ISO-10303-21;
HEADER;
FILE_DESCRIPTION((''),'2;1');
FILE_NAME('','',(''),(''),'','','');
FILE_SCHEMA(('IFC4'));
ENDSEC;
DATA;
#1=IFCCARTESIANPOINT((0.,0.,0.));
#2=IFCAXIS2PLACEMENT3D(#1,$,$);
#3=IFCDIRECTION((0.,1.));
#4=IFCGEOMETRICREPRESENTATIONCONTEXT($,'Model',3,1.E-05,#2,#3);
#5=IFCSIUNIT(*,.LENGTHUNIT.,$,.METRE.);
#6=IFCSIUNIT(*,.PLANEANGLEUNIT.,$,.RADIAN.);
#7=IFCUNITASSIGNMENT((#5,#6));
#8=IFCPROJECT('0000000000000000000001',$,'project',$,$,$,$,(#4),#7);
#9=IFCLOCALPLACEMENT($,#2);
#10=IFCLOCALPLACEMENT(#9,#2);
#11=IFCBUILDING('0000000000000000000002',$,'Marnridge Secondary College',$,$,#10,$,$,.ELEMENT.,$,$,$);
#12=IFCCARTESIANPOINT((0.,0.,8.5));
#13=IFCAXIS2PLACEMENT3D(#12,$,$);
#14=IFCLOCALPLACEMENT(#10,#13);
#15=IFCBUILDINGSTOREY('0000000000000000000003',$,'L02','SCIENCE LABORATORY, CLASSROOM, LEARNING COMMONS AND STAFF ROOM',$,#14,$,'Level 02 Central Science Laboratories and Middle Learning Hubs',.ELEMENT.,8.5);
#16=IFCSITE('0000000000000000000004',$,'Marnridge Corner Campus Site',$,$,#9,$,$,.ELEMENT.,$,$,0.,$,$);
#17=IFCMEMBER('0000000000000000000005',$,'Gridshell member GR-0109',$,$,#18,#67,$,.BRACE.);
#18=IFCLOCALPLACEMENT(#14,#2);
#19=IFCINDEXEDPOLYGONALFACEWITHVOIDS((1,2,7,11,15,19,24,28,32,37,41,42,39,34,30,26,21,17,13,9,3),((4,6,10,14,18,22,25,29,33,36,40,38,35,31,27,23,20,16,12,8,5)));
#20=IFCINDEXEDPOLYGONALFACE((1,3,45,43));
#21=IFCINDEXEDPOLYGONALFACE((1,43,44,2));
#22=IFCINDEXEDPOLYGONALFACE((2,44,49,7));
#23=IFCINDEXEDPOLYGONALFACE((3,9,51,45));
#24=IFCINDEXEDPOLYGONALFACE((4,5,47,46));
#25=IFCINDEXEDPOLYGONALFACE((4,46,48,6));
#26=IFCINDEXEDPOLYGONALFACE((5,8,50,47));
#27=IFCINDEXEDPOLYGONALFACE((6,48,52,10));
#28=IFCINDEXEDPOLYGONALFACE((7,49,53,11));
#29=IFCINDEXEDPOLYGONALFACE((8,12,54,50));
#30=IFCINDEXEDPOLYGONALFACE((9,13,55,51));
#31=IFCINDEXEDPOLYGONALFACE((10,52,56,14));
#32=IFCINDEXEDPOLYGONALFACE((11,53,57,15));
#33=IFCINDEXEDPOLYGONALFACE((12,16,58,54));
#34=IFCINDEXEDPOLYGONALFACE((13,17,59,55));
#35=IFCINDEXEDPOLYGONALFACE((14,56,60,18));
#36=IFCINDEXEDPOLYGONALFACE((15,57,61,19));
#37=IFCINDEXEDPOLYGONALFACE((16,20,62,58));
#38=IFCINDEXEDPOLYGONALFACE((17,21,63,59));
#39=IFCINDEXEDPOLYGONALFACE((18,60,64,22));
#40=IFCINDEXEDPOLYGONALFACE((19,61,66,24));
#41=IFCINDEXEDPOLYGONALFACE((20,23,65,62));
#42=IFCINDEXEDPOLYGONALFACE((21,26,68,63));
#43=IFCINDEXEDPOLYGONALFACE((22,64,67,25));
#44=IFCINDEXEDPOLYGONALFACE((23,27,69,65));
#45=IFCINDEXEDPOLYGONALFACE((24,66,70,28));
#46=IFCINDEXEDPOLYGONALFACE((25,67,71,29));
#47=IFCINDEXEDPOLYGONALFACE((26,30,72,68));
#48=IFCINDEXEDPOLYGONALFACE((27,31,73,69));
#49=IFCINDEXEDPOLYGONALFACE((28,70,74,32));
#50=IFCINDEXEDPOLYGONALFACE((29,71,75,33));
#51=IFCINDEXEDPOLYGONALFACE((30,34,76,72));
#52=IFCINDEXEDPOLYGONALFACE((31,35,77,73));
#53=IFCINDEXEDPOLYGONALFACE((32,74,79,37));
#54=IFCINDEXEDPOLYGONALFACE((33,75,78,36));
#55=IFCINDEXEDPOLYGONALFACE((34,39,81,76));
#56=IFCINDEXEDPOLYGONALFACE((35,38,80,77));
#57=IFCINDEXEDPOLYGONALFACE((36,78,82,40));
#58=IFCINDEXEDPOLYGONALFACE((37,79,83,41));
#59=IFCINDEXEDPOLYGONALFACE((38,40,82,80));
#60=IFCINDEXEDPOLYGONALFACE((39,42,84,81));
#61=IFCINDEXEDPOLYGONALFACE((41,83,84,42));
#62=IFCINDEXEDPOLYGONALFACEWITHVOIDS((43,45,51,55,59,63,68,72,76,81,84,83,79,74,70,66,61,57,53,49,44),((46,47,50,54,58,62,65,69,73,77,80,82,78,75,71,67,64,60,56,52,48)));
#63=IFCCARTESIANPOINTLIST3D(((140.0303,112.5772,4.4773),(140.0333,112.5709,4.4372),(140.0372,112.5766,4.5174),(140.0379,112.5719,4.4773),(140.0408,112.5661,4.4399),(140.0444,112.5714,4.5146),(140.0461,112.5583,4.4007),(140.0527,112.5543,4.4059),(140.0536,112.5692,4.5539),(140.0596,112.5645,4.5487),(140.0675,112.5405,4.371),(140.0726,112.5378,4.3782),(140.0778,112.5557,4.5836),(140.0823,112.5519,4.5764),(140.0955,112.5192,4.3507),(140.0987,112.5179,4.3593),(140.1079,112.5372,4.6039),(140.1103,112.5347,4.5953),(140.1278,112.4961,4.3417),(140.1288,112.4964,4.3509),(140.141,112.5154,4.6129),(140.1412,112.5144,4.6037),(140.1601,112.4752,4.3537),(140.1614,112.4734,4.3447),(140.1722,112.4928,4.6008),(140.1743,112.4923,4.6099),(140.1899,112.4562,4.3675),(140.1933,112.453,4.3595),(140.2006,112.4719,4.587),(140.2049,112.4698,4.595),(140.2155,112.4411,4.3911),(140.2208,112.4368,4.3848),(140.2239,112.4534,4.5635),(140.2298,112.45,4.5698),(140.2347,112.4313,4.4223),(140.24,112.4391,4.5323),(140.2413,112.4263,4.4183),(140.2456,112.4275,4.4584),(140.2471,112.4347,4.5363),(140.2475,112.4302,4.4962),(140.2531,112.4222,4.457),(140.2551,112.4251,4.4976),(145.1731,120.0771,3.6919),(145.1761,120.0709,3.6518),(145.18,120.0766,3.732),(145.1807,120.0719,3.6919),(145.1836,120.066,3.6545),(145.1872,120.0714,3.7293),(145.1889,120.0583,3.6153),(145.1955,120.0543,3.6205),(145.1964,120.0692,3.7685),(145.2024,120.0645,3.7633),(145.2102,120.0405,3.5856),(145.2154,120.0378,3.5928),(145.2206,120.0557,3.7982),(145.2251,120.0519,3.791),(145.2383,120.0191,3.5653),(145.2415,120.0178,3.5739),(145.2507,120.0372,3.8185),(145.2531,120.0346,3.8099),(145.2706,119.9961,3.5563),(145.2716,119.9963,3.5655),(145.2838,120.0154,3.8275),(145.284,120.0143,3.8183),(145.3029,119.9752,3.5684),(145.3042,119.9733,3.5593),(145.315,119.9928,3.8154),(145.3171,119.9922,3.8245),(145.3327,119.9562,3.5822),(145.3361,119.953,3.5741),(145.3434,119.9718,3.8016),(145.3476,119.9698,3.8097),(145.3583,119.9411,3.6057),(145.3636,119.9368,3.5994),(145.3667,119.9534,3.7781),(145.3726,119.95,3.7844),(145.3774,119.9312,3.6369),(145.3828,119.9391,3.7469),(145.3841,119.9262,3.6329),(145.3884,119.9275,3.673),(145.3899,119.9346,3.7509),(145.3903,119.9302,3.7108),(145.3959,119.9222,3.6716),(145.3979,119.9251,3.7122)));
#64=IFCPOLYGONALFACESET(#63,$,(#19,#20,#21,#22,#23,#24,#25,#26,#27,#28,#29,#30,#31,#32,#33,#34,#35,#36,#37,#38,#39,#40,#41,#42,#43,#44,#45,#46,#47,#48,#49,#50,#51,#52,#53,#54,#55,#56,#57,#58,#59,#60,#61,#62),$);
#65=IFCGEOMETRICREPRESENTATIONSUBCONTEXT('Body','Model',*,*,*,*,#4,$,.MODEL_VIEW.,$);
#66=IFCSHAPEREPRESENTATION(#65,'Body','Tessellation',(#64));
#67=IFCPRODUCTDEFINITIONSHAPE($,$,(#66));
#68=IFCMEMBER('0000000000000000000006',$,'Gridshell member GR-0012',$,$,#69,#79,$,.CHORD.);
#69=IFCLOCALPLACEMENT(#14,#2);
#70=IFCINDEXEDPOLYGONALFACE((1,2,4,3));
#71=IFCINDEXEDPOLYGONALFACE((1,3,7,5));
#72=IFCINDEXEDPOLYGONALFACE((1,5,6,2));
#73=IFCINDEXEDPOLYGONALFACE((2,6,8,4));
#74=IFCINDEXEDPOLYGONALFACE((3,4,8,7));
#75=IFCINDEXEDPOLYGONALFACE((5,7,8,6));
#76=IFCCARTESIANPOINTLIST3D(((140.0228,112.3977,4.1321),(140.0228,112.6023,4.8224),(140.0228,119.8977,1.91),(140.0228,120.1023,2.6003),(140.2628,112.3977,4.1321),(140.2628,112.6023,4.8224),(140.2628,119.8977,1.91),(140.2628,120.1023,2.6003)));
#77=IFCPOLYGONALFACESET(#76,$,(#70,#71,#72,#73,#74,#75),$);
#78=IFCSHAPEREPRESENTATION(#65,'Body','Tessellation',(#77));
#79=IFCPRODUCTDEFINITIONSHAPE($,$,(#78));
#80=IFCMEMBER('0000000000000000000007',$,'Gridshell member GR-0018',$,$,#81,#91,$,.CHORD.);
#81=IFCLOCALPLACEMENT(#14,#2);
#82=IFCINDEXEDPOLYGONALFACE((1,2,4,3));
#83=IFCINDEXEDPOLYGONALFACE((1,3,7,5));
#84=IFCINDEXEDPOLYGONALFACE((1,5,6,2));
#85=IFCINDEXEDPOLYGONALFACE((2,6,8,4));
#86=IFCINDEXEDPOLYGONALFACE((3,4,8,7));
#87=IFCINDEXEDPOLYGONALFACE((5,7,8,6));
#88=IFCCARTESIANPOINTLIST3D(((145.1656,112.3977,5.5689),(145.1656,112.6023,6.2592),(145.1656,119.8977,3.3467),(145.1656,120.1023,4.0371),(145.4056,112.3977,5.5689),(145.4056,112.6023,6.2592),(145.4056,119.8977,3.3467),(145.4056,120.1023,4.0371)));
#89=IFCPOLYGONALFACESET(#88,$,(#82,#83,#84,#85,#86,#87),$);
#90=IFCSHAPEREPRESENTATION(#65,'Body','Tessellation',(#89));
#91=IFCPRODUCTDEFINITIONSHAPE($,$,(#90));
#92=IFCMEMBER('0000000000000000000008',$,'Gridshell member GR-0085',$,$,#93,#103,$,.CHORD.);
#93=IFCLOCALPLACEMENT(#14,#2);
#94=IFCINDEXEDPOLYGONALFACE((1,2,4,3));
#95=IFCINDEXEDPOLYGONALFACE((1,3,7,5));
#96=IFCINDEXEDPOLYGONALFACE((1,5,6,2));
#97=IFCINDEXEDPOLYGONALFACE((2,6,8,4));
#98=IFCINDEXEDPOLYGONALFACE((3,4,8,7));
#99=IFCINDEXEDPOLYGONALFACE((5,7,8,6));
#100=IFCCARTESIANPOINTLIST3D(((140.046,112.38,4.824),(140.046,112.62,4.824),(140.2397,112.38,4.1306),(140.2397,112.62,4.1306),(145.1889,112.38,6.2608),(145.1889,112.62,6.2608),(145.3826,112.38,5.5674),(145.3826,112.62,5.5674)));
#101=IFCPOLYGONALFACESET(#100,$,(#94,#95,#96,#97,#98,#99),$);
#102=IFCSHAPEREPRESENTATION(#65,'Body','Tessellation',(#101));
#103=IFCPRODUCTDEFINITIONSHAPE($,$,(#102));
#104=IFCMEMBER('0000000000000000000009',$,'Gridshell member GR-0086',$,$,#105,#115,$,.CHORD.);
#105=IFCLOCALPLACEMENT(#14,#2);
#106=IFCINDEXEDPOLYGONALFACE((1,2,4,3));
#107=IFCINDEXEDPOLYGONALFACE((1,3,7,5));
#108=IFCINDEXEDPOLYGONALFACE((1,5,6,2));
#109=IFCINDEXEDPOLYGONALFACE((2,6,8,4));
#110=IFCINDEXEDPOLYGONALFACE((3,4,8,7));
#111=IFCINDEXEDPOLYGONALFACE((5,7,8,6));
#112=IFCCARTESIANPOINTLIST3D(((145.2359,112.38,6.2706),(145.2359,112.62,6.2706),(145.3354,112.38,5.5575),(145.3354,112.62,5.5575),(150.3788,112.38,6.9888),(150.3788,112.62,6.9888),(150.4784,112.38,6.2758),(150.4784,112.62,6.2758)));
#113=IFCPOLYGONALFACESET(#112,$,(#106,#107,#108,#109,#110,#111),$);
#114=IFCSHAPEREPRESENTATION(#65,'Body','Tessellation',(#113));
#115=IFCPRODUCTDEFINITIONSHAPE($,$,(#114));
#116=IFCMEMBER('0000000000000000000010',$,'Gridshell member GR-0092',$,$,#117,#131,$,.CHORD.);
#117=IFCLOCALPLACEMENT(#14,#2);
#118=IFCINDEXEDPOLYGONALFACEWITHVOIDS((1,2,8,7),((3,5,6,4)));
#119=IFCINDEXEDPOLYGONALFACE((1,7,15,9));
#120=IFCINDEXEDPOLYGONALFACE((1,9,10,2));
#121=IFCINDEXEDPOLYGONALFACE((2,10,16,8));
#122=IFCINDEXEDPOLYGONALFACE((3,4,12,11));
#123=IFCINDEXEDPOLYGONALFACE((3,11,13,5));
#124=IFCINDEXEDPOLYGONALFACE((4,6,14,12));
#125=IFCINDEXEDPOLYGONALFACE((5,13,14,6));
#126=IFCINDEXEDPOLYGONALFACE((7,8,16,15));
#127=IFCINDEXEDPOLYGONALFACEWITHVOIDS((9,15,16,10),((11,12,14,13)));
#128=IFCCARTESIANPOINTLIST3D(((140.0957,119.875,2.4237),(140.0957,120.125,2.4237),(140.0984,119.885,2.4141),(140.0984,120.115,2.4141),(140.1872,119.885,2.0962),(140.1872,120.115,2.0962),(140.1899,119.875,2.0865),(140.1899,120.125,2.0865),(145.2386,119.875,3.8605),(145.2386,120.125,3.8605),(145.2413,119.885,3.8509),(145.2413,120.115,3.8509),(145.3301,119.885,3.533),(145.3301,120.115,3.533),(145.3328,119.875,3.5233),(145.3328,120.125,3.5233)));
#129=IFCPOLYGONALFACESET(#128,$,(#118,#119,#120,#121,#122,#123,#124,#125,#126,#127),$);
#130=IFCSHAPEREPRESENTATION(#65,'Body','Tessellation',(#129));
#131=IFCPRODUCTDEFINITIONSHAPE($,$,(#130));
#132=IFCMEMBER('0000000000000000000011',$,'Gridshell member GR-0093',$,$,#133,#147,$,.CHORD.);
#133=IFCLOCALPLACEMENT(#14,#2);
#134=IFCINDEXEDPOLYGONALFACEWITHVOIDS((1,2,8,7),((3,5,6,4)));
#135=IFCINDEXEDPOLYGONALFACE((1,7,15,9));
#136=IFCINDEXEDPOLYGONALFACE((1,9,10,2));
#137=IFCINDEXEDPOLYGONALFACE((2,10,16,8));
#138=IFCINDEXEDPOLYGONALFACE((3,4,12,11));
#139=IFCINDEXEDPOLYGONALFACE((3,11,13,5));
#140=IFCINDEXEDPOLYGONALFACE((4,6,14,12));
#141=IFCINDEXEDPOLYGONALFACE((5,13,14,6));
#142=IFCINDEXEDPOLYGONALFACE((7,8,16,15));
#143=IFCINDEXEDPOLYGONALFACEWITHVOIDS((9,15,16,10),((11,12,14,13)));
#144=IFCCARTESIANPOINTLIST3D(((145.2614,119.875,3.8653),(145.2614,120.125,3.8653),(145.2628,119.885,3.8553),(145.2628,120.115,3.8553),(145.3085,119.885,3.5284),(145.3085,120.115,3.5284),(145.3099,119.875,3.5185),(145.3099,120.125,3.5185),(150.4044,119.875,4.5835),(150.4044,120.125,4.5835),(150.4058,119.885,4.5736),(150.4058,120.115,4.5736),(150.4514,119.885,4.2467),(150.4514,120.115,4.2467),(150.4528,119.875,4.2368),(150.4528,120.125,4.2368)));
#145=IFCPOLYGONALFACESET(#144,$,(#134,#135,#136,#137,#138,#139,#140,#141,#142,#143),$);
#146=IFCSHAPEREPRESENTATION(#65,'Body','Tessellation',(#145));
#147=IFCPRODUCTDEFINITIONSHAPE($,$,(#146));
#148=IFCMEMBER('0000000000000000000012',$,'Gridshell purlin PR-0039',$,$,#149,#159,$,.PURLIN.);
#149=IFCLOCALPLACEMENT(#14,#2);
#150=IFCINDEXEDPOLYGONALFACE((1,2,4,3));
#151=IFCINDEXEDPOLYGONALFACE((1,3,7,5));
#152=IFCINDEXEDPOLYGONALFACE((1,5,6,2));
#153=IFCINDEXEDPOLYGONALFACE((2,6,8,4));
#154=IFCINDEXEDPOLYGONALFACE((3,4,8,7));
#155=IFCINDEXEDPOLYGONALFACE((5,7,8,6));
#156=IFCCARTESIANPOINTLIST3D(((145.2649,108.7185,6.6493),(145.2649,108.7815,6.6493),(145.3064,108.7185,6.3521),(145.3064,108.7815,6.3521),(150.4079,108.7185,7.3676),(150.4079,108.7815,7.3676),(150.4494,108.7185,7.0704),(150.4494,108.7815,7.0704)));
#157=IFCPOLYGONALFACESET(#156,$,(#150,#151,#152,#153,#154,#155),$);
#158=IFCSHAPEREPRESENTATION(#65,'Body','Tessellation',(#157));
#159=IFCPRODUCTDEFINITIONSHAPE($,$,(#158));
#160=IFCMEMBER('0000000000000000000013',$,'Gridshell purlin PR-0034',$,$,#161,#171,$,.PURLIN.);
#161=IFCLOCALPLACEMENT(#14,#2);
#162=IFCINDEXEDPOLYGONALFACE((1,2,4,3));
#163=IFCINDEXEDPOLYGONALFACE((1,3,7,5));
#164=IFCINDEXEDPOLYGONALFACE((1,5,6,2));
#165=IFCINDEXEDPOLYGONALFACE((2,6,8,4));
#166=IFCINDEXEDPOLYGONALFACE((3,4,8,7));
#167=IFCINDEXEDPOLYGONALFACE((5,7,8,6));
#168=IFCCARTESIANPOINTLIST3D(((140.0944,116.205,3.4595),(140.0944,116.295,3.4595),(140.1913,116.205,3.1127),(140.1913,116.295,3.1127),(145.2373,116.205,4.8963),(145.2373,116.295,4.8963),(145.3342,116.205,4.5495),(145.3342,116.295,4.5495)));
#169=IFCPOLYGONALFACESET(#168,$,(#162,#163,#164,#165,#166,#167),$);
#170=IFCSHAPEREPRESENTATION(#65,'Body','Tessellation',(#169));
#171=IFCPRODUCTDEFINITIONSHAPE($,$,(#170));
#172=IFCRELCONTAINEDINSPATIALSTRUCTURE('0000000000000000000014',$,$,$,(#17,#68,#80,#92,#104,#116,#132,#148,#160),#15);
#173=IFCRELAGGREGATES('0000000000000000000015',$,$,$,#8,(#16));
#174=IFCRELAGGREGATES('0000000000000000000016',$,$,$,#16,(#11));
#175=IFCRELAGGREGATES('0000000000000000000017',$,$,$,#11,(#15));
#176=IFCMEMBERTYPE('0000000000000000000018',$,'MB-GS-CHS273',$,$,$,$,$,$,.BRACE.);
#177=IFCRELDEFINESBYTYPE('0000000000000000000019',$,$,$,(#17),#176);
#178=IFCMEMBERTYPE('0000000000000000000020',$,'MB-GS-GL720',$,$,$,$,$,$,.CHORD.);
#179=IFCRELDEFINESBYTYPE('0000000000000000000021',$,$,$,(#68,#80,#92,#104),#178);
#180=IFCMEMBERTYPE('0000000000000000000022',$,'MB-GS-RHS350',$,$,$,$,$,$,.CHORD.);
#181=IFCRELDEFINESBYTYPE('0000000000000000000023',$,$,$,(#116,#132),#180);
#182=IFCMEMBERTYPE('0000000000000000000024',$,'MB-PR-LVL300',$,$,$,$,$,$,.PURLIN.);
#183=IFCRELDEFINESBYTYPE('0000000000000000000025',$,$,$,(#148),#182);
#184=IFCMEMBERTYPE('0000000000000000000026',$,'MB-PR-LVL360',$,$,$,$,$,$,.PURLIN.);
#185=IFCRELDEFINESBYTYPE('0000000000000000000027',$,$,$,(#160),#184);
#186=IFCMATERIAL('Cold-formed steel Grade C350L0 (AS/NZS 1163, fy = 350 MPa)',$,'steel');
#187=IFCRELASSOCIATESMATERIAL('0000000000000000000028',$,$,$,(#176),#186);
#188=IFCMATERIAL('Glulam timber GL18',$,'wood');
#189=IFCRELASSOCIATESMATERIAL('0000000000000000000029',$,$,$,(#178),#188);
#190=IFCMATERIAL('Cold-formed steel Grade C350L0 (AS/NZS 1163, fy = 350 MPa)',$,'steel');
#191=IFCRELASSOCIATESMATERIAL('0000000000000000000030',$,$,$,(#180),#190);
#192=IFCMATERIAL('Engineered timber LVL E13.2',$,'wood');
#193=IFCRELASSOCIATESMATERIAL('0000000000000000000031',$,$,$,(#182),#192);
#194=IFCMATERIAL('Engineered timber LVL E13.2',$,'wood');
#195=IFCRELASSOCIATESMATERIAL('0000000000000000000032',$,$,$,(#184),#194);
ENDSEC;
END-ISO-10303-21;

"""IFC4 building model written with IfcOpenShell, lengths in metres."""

from ifc_helpers import new_model, si_unit, direction, frame, origin, origin_2d, place, context, subcontext, project, spatial, rectangle, hollow_rectangle, hollow_circle, extrude, material, material_profile, profile_set, type_object, element, save


model = new_model("IFC4")

# Units and contexts
model_context = context("Model", 3, precision=1e-05, world=origin(), true_north=direction((0.0, 1.0)))
body_context = subcontext(model_context, "Body", "Model", "MODEL_VIEW")
ifc_project = project(units=[si_unit("LENGTHUNIT", "METRE"), si_unit("PLANEANGLEUNIT", "RADIAN")], contexts=[model_context])

# Site, building, storey
site_placement = place(None, origin())
site = spatial("IfcSite", under=ifc_project, at=site_placement, Name="Marnridge Corner Campus Site", CompositionType="ELEMENT", RefElevation=0.0)
building_placement = place(site_placement, origin())
building = spatial("IfcBuilding", under=site, at=building_placement, Name="Marnridge Secondary College", CompositionType="ELEMENT")
storey_placement = place(building_placement, frame((0.0, 0.0, 8.5)))
storey = spatial("IfcBuildingStorey", under=building, at=storey_placement, Name="L02", Description="SCIENCE LABORATORY, CLASSROOM, LEARNING COMMONS AND STAFF ROOM", LongName="Level 02 Central Science Laboratories and Middle Learning Hubs", CompositionType="ELEMENT", Elevation=8.5)

# Members
ifc_material_1 = material(Name="Cold-formed steel Grade C350L0 (AS/NZS 1163, fy = 350 MPa)", Category="steel")
ifc_material_profile_1 = material_profile(ifc_material_1, hollow_circle(Radius=0.1365, WallThickness=0.0093, at=origin_2d()), Name="273.1x9.3CHS")
ifc_profile_set_1 = profile_set([ifc_material_profile_1], Name="Cold-formed steel Grade C350L0 (AS/NZS 1163, fy = 350 MPa)")
member_type_1 = type_object("IfcMemberType", Name="MB-GS-CHS273", PredefinedType="BRACE", material=ifc_profile_set_1)
member_1_placement = place(storey_placement, frame((140.1428, 112.5, 4.4773), z_axis=(0.563428, 0.821672, -0.086046), x_axis=(-0.824731, 0.565526, 0.0)))
element("IfcMember", 1, at=member_1_placement, inside=storey, type_object=member_type_1, Name="Gridshell member GR-0109", PredefinedType="BRACE", context=body_context, shape_type="SweptSolid", body=[
    extrude(hollow_circle(Radius=0.1365, WallThickness=0.0093, at=origin_2d()), origin(), (0.0, 0.0, 1.0), 9.1277),
])
ifc_material_2 = material(Name="Glulam timber GL18", Category="wood")
ifc_material_profile_2 = material_profile(ifc_material_2, rectangle(XDim=0.24, YDim=0.72, at=origin_2d()), Name="GL18 240x720")
ifc_profile_set_2 = profile_set([ifc_material_profile_2], Name="Glulam timber GL18")
member_type_2 = type_object("IfcMemberType", Name="MB-GS-GL720", PredefinedType="CHORD", material=ifc_profile_set_2)
for number, where, z_axis, x_axis, name in (
    (2, (140.1428, 112.5, 4.4773), (0.0, 0.9588, -0.284082), (-1.0, 0.0, 0.0), "Gridshell member GR-0012"),
    (3, (145.2856, 112.5, 5.9141), (0.0, 0.9588, -0.284082), (-1.0, 0.0, 0.0), "Gridshell member GR-0018"),
):
    element("IfcMember", number, at=place(storey_placement, frame(where, z_axis=z_axis, x_axis=x_axis)), inside=storey, type_object=member_type_2, Name=name, PredefinedType="CHORD", context=body_context, shape_type="SweptSolid", body=[
        extrude(rectangle(XDim=0.24, YDim=0.72, at=origin_2d()), origin(), (0.0, 0.0, 1.0), 7.8223),
    ])
member_2_placement = place(storey_placement, frame((140.1428, 112.5, 4.4773), z_axis=(0.963121, 0.0, 0.26907), x_axis=(0.0, 1.0, 0.0)))
element("IfcMember", 4, at=member_2_placement, inside=storey, type_object=member_type_2, Name="Gridshell member GR-0085", PredefinedType="CHORD", context=body_context, shape_type="SweptSolid", body=[
    extrude(rectangle(XDim=0.24, YDim=0.72, at=origin_2d()), origin(), (0.0, 0.0, 1.0), 5.3398),
])
member_3_placement = place(storey_placement, frame((145.2856, 112.5, 5.9141), z_axis=(0.990388, 0.0, 0.138314), x_axis=(0.0, 1.0, 0.0)))
element("IfcMember", 5, at=member_3_placement, inside=storey, type_object=member_type_2, Name="Gridshell member GR-0086", PredefinedType="CHORD", context=body_context, shape_type="SweptSolid", body=[
    extrude(rectangle(XDim=0.24, YDim=0.72, at=origin_2d()), origin(), (0.0, 0.0, 1.0), 5.1929),
])
ifc_material_3 = material(Name="Cold-formed steel Grade C350L0 (AS/NZS 1163, fy = 350 MPa)", Category="steel")
ifc_material_profile_3 = material_profile(ifc_material_3, hollow_rectangle(XDim=0.25, YDim=0.3501, WallThickness=0.01, at=origin_2d()), Name="350x250x10.0RHS")
ifc_profile_set_3 = profile_set([ifc_material_profile_3], Name="Cold-formed steel Grade C350L0 (AS/NZS 1163, fy = 350 MPa)")
member_type_3 = type_object("IfcMemberType", Name="MB-GS-RHS350", PredefinedType="CHORD", material=ifc_profile_set_3)
member_4_placement = place(storey_placement, frame((140.1428, 120.0, 2.2551), z_axis=(0.963121, 0.0, 0.26907), x_axis=(0.0, 1.0, 0.0)))
element("IfcMember", 6, at=member_4_placement, inside=storey, type_object=member_type_3, Name="Gridshell member GR-0092", PredefinedType="CHORD", context=body_context, shape_type="SweptSolid", body=[
    extrude(hollow_rectangle(XDim=0.25, YDim=0.3501, WallThickness=0.01, at=origin_2d()), origin(), (0.0, 0.0, 1.0), 5.3398),
])
member_5_placement = place(storey_placement, frame((145.2856, 120.0, 3.6919), z_axis=(0.990388, 0.0, 0.138314), x_axis=(0.0, 1.0, 0.0)))
element("IfcMember", 7, at=member_5_placement, inside=storey, type_object=member_type_3, Name="Gridshell member GR-0093", PredefinedType="CHORD", context=body_context, shape_type="SweptSolid", body=[
    extrude(hollow_rectangle(XDim=0.25, YDim=0.3501, WallThickness=0.01, at=origin_2d()), origin(), (0.0, 0.0, 1.0), 5.1929),
])
ifc_material_4 = material(Name="Engineered timber LVL E13.2", Category="wood")
ifc_material_profile_4 = material_profile(ifc_material_4, rectangle(XDim=0.063, YDim=0.3, at=origin_2d()), Name="LVL 63x300")
ifc_profile_set_4 = profile_set([ifc_material_profile_4], Name="Engineered timber LVL E13.2")
member_type_4 = type_object("IfcMemberType", Name="MB-PR-LVL300", PredefinedType="PURLIN", material=ifc_profile_set_4)
member_6_placement = place(storey_placement, frame((145.2856, 108.75, 6.5007), z_axis=(0.990388, 0.0, 0.138314), x_axis=(0.0, 1.0, 0.0)))
element("IfcMember", 8, at=member_6_placement, inside=storey, type_object=member_type_4, Name="Gridshell purlin PR-0039", PredefinedType="PURLIN", context=body_context, shape_type="SweptSolid", body=[
    extrude(rectangle(XDim=0.063, YDim=0.3, at=origin_2d()), origin(), (0.0, 0.0, 1.0), 5.1929),
])
ifc_material_5 = material(Name="Engineered timber LVL E13.2", Category="wood")
ifc_material_profile_5 = material_profile(ifc_material_5, rectangle(XDim=0.0901, YDim=0.3601, at=origin_2d()), Name="LVL 90x360")
ifc_profile_set_5 = profile_set([ifc_material_profile_5], Name="Engineered timber LVL E13.2")
member_type_5 = type_object("IfcMemberType", Name="MB-PR-LVL360", PredefinedType="PURLIN", material=ifc_profile_set_5)
member_7_placement = place(storey_placement, frame((140.1428, 116.25, 3.2861), z_axis=(0.963121, 0.0, 0.26907), x_axis=(0.0, 1.0, 0.0)))
element("IfcMember", 9, at=member_7_placement, inside=storey, type_object=member_type_5, Name="Gridshell purlin PR-0034", PredefinedType="PURLIN", context=body_context, shape_type="SweptSolid", body=[
    extrude(rectangle(XDim=0.0901, YDim=0.3601, at=origin_2d()), origin(), (0.0, 0.0, 1.0), 5.3398),
])

save(model, "model.ifc")
